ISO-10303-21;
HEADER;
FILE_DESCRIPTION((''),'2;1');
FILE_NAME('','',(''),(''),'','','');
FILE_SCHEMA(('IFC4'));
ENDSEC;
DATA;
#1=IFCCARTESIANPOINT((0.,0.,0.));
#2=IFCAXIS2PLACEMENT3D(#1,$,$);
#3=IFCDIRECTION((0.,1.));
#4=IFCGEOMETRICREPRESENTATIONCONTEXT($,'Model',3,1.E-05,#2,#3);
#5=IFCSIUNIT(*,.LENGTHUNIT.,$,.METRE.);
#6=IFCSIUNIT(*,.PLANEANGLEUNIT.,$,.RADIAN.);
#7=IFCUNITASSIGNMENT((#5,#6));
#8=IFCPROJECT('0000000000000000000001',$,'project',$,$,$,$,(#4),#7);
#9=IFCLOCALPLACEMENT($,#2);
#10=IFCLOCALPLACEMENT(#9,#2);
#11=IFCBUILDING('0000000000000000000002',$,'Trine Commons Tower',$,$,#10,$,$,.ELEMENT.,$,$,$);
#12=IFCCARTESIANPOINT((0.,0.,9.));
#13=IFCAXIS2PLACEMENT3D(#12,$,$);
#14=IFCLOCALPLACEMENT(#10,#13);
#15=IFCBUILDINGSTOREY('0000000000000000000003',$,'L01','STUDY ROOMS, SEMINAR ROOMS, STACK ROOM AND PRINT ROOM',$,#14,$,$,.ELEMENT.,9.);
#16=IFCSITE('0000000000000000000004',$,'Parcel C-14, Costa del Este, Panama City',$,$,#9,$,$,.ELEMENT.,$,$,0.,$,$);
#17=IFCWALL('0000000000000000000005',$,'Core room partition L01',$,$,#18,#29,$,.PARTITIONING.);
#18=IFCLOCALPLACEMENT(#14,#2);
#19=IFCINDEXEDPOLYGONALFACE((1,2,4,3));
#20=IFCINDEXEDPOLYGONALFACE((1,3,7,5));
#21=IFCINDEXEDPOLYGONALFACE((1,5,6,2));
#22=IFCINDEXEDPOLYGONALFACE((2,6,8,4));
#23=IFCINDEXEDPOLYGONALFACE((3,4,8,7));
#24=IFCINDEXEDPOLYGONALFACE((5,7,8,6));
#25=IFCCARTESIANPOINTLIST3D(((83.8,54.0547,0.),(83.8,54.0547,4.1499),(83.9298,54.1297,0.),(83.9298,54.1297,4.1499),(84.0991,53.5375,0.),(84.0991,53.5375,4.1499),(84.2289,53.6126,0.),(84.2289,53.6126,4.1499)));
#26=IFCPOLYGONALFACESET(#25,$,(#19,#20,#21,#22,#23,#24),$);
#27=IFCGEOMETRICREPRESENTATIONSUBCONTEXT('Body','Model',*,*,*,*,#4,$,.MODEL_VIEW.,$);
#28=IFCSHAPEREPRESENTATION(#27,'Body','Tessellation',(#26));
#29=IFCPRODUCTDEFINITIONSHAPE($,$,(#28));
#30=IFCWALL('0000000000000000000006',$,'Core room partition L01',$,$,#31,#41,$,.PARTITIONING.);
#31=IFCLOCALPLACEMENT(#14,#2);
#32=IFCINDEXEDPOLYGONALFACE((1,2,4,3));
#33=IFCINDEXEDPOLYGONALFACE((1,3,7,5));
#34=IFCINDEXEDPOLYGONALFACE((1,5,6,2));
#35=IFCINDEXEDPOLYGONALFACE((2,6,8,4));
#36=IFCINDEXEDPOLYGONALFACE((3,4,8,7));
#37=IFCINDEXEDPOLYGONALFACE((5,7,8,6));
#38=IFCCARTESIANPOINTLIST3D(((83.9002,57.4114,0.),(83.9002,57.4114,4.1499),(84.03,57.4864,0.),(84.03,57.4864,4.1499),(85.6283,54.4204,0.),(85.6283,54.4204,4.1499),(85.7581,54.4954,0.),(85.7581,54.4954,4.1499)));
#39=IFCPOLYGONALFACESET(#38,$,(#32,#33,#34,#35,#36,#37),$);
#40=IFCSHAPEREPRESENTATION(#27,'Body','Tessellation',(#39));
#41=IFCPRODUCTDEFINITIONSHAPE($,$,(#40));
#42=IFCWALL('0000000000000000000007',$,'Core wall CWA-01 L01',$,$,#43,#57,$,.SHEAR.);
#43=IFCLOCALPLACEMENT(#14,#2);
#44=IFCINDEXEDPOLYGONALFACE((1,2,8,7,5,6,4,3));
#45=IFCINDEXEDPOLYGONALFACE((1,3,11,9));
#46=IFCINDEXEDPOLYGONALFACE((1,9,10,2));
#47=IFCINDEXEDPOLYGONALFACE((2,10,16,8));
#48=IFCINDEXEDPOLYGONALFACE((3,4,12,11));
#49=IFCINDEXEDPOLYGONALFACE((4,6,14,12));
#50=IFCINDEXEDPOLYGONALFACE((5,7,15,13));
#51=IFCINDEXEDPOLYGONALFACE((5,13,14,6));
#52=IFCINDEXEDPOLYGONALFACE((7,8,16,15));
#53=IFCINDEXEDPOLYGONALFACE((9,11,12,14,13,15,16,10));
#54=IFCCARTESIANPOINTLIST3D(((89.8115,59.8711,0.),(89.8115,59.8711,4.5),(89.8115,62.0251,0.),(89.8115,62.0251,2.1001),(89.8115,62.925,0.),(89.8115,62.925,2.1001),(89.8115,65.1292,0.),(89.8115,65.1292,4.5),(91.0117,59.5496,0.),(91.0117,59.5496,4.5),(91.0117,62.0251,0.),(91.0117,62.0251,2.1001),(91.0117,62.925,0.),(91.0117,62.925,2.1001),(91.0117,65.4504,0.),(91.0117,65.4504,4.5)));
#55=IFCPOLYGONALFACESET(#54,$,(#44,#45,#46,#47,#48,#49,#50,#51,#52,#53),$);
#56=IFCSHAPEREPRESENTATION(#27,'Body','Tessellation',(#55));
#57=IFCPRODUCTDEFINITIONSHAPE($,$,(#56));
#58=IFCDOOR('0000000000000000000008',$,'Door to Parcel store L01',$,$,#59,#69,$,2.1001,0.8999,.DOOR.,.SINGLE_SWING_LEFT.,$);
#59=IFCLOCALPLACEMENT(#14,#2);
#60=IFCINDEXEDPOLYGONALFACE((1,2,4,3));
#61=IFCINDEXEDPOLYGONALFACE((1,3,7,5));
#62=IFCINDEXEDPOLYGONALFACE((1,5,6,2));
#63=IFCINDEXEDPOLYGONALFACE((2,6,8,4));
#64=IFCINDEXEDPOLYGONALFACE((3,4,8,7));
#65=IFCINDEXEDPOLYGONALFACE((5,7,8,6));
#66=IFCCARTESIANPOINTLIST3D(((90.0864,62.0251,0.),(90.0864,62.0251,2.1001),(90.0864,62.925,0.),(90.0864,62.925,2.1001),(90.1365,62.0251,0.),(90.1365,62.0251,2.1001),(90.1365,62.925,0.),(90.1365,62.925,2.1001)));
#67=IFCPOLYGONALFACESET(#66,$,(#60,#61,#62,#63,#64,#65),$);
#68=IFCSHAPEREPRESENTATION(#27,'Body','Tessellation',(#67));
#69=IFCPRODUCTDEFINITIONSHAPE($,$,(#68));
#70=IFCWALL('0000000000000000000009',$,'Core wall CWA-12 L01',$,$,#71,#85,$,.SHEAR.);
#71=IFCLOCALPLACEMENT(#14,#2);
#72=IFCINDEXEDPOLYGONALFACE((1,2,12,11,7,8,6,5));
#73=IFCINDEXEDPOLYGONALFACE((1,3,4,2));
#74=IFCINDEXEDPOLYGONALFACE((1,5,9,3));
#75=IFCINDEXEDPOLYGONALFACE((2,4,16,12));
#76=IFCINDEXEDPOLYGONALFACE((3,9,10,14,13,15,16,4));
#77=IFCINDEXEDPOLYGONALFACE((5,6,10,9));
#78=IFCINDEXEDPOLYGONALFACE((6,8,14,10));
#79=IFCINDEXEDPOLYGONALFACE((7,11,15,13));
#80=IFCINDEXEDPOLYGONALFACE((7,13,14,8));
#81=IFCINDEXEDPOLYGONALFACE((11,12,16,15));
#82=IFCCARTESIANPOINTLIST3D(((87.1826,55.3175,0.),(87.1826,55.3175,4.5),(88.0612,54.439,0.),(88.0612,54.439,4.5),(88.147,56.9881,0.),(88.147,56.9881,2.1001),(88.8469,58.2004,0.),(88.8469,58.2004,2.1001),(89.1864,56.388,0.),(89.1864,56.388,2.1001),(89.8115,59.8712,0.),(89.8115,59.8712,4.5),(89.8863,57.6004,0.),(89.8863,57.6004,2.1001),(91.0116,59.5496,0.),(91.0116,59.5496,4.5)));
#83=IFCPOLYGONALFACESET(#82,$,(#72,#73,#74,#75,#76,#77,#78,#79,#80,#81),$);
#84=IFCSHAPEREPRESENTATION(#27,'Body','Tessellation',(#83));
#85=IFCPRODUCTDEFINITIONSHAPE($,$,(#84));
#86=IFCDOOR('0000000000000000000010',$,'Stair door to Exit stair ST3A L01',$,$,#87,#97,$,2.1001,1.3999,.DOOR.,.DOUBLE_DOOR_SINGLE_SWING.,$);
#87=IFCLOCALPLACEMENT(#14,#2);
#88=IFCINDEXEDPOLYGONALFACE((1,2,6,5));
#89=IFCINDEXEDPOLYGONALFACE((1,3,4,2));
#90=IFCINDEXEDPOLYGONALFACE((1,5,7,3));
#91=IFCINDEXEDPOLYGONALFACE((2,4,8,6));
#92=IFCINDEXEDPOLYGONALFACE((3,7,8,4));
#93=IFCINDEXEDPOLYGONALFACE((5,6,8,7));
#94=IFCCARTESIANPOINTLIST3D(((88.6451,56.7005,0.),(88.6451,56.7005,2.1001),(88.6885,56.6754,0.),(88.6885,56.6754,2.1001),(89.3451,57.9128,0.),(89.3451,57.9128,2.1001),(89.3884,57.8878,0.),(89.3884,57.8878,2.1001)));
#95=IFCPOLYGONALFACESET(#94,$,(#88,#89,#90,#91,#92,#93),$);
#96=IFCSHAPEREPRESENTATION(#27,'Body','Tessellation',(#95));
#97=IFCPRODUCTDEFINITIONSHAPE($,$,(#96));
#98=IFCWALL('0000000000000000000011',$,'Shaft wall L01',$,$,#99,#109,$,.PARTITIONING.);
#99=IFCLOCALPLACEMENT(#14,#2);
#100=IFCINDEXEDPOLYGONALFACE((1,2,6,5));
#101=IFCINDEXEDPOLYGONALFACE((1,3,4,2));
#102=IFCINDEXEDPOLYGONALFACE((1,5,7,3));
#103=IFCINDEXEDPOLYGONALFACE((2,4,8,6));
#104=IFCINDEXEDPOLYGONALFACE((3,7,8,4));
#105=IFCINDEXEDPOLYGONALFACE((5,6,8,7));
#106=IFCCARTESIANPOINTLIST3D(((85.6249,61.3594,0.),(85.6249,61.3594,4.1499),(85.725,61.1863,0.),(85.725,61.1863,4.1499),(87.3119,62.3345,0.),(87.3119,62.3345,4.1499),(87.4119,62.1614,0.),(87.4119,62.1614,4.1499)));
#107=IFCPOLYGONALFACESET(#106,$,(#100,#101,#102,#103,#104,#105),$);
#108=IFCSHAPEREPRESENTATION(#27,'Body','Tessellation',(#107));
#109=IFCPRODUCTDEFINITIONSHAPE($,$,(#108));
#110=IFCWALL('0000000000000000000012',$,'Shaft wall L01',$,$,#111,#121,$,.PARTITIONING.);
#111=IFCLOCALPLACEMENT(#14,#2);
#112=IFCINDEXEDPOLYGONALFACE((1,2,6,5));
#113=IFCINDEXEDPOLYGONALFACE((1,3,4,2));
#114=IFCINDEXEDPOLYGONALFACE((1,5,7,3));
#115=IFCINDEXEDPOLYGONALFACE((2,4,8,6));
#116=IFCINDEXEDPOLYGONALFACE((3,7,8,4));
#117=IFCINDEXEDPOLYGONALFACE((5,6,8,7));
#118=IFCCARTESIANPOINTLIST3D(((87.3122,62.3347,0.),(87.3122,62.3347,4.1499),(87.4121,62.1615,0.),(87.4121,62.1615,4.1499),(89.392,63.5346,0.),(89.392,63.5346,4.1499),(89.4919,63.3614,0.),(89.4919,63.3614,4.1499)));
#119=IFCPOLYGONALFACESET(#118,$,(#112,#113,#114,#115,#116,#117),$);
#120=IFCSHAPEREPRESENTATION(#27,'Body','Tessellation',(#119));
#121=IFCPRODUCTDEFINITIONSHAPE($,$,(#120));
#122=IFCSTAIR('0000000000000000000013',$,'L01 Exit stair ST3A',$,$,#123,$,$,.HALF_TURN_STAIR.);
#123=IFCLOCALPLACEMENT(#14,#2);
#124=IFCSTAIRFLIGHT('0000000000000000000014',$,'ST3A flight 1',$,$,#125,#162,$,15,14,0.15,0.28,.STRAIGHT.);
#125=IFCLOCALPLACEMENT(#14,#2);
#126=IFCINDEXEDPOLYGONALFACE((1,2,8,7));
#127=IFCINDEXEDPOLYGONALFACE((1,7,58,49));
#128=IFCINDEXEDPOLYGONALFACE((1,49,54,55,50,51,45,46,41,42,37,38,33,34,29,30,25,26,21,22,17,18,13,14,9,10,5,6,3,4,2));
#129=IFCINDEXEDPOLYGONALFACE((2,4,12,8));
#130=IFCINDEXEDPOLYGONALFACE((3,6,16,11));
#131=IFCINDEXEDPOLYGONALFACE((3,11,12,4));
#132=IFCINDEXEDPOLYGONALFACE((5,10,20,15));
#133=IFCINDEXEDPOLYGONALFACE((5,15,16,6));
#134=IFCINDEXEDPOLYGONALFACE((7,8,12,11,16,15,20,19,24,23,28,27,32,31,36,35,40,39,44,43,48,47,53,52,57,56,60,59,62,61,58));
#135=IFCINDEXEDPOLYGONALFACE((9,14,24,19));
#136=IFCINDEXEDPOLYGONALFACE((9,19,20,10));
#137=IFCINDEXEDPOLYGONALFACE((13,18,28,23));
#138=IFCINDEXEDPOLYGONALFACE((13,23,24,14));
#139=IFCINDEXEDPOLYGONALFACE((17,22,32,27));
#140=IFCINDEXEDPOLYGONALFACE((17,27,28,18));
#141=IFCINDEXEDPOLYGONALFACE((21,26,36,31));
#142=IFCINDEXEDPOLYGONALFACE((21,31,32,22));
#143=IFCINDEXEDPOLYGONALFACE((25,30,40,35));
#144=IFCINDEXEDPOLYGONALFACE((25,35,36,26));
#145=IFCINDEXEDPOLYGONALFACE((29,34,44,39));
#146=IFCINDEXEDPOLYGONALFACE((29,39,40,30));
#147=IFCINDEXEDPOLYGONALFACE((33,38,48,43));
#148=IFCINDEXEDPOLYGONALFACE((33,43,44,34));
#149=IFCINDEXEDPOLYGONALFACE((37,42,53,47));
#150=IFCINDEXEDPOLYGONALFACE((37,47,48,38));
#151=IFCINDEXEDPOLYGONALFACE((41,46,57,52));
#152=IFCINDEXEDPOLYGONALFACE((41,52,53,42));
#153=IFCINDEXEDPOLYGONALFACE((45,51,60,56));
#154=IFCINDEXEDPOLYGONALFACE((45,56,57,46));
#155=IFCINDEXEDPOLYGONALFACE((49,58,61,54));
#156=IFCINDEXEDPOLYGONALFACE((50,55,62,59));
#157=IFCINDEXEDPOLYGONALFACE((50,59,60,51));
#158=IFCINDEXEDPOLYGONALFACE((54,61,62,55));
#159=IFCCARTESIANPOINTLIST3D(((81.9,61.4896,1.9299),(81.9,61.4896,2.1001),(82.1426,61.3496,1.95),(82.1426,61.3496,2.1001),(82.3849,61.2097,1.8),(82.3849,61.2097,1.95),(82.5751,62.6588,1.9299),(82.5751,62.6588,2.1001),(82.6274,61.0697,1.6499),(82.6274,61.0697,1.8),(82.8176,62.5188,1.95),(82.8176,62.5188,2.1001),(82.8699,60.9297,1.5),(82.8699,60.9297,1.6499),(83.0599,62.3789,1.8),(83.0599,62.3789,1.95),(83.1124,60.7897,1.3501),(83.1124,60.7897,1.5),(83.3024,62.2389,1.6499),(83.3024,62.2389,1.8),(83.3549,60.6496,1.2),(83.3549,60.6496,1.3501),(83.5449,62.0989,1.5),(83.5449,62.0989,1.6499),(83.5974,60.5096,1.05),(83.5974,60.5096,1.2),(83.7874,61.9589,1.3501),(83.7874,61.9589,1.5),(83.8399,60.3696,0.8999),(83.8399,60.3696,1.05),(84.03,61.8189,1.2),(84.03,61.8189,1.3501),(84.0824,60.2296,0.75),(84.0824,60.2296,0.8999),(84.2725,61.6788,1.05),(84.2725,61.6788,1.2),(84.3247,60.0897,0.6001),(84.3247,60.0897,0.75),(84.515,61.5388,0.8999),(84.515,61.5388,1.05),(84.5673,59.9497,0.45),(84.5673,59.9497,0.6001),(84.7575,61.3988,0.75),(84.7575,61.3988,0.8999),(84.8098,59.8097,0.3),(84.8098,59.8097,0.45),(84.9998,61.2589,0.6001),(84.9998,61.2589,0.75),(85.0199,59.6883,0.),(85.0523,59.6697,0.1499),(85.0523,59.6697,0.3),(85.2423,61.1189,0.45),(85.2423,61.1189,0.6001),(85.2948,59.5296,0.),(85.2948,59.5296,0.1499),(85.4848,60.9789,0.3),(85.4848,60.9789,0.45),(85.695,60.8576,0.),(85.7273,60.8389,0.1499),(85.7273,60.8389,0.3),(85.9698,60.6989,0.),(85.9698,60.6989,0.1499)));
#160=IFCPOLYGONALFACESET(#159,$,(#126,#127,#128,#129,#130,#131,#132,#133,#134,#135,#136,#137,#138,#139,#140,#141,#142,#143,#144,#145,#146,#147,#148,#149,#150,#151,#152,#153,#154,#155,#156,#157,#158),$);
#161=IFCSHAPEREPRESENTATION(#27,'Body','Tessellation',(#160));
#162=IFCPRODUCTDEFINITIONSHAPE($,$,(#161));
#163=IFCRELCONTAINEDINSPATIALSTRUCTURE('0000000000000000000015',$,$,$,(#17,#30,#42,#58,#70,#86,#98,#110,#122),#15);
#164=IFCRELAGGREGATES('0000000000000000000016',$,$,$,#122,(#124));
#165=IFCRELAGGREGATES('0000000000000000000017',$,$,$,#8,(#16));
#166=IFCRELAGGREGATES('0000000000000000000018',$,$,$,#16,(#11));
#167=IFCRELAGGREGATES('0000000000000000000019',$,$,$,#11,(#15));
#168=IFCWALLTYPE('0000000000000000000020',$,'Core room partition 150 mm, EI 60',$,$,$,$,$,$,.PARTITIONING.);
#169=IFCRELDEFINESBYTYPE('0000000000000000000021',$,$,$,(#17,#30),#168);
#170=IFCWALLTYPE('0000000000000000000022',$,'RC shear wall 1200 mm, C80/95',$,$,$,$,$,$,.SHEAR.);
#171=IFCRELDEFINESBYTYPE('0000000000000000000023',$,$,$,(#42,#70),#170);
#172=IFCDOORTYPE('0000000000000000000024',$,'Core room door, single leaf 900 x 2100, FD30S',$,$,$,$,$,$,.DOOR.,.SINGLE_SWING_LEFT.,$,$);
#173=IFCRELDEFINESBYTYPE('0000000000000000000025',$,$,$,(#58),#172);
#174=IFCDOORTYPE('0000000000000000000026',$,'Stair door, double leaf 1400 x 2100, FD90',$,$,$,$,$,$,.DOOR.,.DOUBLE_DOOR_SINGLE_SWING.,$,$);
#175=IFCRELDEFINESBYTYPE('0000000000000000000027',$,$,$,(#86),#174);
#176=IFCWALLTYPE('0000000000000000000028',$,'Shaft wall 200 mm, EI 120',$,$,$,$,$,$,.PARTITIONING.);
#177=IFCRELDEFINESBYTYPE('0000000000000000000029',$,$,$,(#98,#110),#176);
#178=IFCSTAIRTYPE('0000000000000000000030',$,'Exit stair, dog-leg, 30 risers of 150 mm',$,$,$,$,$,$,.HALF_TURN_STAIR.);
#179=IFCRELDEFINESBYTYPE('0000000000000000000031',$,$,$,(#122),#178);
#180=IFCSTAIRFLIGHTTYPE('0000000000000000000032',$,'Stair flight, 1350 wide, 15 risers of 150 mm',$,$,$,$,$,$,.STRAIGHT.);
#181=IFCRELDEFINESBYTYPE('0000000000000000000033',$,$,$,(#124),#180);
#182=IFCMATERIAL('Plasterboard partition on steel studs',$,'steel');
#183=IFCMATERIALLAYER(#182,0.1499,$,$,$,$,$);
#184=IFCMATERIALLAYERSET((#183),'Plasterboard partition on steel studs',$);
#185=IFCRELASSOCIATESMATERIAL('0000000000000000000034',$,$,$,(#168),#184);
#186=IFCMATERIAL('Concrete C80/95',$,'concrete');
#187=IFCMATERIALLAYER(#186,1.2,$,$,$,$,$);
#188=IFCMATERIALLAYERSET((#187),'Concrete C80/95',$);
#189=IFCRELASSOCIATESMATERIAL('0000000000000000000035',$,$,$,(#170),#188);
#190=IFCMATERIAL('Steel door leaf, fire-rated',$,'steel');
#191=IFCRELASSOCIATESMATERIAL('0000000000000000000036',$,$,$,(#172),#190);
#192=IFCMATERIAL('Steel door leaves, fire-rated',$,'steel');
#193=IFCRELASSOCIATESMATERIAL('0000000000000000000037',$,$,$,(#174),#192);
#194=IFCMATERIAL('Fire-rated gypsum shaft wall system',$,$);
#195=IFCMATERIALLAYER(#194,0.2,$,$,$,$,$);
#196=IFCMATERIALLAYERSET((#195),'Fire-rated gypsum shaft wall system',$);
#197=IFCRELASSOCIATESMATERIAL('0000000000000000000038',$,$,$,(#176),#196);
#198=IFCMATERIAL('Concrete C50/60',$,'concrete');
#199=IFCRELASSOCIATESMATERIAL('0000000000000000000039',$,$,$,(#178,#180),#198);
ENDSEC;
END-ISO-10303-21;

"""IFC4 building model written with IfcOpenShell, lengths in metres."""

from ifc_helpers import new_model, si_unit, direction, frame, frame_2d, origin, place, context, subcontext, project, spatial, polyline, rectangle, outline, extrude, material, layer, layer_set, type_object, element, fill, aggregate, save


model = new_model("IFC4")

# Units and contexts
model_context = context("Model", 3, precision=1e-05, world=origin(), true_north=direction((0.0, 1.0)))
body_context = subcontext(model_context, "Body", "Model", "MODEL_VIEW")
ifc_project = project(units=[si_unit("LENGTHUNIT", "METRE"), si_unit("PLANEANGLEUNIT", "RADIAN")], contexts=[model_context])

# Site, building, storey
site_placement = place(None, origin())
site = spatial("IfcSite", under=ifc_project, at=site_placement, Name="Parcel C-14, Costa del Este, Panama City", CompositionType="ELEMENT", RefElevation=0.0)
building_placement = place(site_placement, origin())
building = spatial("IfcBuilding", under=site, at=building_placement, Name="Trine Commons Tower", CompositionType="ELEMENT")
storey_placement = place(building_placement, frame((0.0, 0.0, 9.0)))
storey = spatial("IfcBuildingStorey", under=building, at=storey_placement, Name="L01", Description="STUDY ROOMS, SEMINAR ROOMS, STACK ROOM AND PRINT ROOM", CompositionType="ELEMENT", Elevation=9.0)

# Shared definitions
ifc_material_1 = material(Name="Concrete C80/95", Category="concrete")

# Shared definitions
ifc_material_2 = material(Name="Concrete C50/60", Category="concrete")

# Walls
ifc_material_3 = material(Name="Plasterboard partition on steel studs", Category="steel")
ifc_layer_1 = layer(ifc_material_3, 0.1499)
ifc_layer_set_1 = layer_set([ifc_layer_1], Name="Plasterboard partition on steel studs")
wall_type_1 = type_object("IfcWallType", Name="Core room partition 150 mm, EI 60", PredefinedType="PARTITIONING", material=ifc_layer_set_1)
wall_1_placement = place(storey_placement, frame((84.1641, 53.575, 0.0), z_axis=(0.0, 0.0, 1.0), x_axis=(-0.500666, 0.865641, 0.0)))
element("IfcWall", 1, at=wall_1_placement, inside=storey, type_object=wall_type_1, Name="Core room partition L01", PredefinedType="PARTITIONING", context=body_context, shape_type="SweptSolid", body=[
    extrude(rectangle(XDim=0.5974, YDim=0.1499, at=frame_2d((0.2988, 0.0))), origin(), (0.0, 0.0, 1.0), 4.1499),
])
wall_2_placement = place(storey_placement, frame((85.6931, 54.458, 0.0), z_axis=(0.0, 0.0, 1.0), x_axis=(-0.500259, 0.865876, 0.0)))
element("IfcWall", 2, at=wall_2_placement, inside=storey, type_object=wall_type_1, Name="Core room partition L01", PredefinedType="PARTITIONING", context=body_context, shape_type="SweptSolid", body=[
    extrude(rectangle(XDim=3.4543, YDim=0.1499, at=frame_2d((1.7271, 0.0))), origin(), (0.0, 0.0, 1.0), 4.1499),
])

# Walls, openings, doors
ifc_layer_2 = layer(ifc_material_1, 1.2)
ifc_layer_set_2 = layer_set([ifc_layer_2], Name="Concrete C80/95")
wall_type_2 = type_object("IfcWallType", Name="RC shear wall 1200 mm, C80/95", PredefinedType="SHEAR", material=ifc_layer_set_2)
wall_3_placement = place(storey_placement, frame((90.4116, 59.5496, 0.0), z_axis=(0.0, 0.0, 1.0), x_axis=(0.0, 1.0, 0.0)))
wall_3 = element("IfcWall", 3, at=wall_3_placement, inside=storey, type_object=wall_type_2, Name="Core wall CWA-01 L01", PredefinedType="SHEAR", context=body_context, shape_type="SweptSolid", body=[
    extrude(outline(polyline([(0.0, -0.6001), (5.9009, -0.6001), (5.5796, 0.6001), (0.3215, 0.6001), (0.0, -0.6001)])), origin(), (0.0, 0.0, 1.0), 4.5),
])
opening_1_placement = place(wall_3_placement, frame((2.4756, 0.0, 0.0)))
opening_1 = element("IfcOpeningElement", 4, at=opening_1_placement, cuts=wall_3, PredefinedType="OPENING", context=body_context, shape_type="SweptSolid", body=[
    extrude(rectangle(XDim=0.8999, YDim=2.1001, at=frame_2d((0.45, 1.05))), frame((0.0, 0.6099, 0.0), z_axis=(0.0, -1.0, 0.0), x_axis=(1.0, 0.0, 0.0)), (0.0, 0.0, 1.0), 1.22),
])
ifc_material_4 = material(Name="Steel door leaf, fire-rated", Category="steel")
door_type_1 = type_object("IfcDoorType", Name="Core room door, single leaf 900 x 2100, FD30S", OperationType="SINGLE_SWING_LEFT", PredefinedType="DOOR", material=ifc_material_4)
door_1_placement = place(opening_1_placement, origin())
door_1 = element("IfcDoor", 5, at=door_1_placement, inside=storey, type_object=door_type_1, Name="Door to Parcel store L01", OperationType="SINGLE_SWING_LEFT", OverallHeight=2.1001, OverallWidth=0.8999, PredefinedType="DOOR", context=body_context, shape_type="SweptSolid", body=[
    extrude(rectangle(XDim=0.8999, YDim=2.1001, at=frame_2d((0.45, 1.05))), frame((0.0, 0.3252, 0.0), z_axis=(0.0, -1.0, 0.0), x_axis=(1.0, 0.0, 0.0)), (0.0, 0.0, 1.0), 0.05),
])
fill(opening_1, door_1)
wall_4_placement = place(storey_placement, frame((87.5415, 54.739, 0.0), z_axis=(0.0, 0.0, 1.0), x_axis=(0.499979, 0.866037, 0.0)))
wall_4 = element("IfcWall", 6, at=wall_4_placement, inside=storey, type_object=wall_type_2, Name="Core wall CWA-12 L01", PredefinedType="SHEAR", context=body_context, shape_type="SweptSolid", body=[
    extrude(outline(polyline([(0.0, -0.6001), (5.9011, -0.6001), (5.5796, 0.6001), (0.3215, 0.6001), (0.0, -0.6001)])), origin(), (0.0, 0.0, 1.0), 4.5),
])
opening_2_placement = place(wall_4_placement, frame((2.2505, 0.0, 0.0)))
opening_2 = element("IfcOpeningElement", 7, at=opening_2_placement, cuts=wall_4, PredefinedType="OPENING", context=body_context, shape_type="SweptSolid", body=[
    extrude(rectangle(XDim=1.3999, YDim=2.1001, at=frame_2d((0.7, 1.05))), frame((0.0, 0.6099, 0.0), z_axis=(0.0, -1.0, 0.0), x_axis=(1.0, 0.0, 0.0)), (0.0, 0.0, 1.0), 1.22),
])
ifc_material_5 = material(Name="Steel door leaves, fire-rated", Category="steel")
door_type_2 = type_object("IfcDoorType", Name="Stair door, double leaf 1400 x 2100, FD90", OperationType="DOUBLE_DOOR_SINGLE_SWING", PredefinedType="DOOR", material=ifc_material_5)
door_2_placement = place(opening_2_placement, origin())
door_2 = element("IfcDoor", 8, at=door_2_placement, inside=storey, type_object=door_type_2, Name="Stair door to Exit stair ST3A L01", OperationType="DOUBLE_DOOR_SINGLE_SWING", OverallHeight=2.1001, OverallWidth=1.3999, PredefinedType="DOOR", context=body_context, shape_type="SweptSolid", body=[
    extrude(rectangle(XDim=1.3999, YDim=2.1001, at=frame_2d((0.7, 1.05))), frame((0.0, 0.0249, 0.0), z_axis=(0.0, -1.0, 0.0), x_axis=(1.0, 0.0, 0.0)), (0.0, 0.0, 1.0), 0.05),
])
fill(opening_2, door_2)

# Walls
ifc_material_6 = material(Name="Fire-rated gypsum shaft wall system")
ifc_layer_3 = layer(ifc_material_6, 0.2)
ifc_layer_set_3 = layer_set([ifc_layer_3], Name="Fire-rated gypsum shaft wall system")
wall_type_3 = type_object("IfcWallType", Name="Shaft wall 200 mm, EI 120", PredefinedType="PARTITIONING", material=ifc_layer_set_3)
wall_5_placement = place(storey_placement, frame((85.675, 61.2729, 0.0), z_axis=(0.0, 0.0, 1.0), x_axis=(0.865781, 0.500424, 0.0)))
element("IfcWall", 9, at=wall_5_placement, inside=storey, type_object=wall_type_3, Name="Shaft wall L01", PredefinedType="PARTITIONING", context=body_context, shape_type="SweptSolid", body=[
    extrude(rectangle(XDim=1.9485, YDim=0.2, at=frame_2d((0.9741, 0.0))), origin(), (0.0, 0.0, 1.0), 4.1499),
])
wall_6_placement = place(storey_placement, frame((87.3621, 62.248, 0.0), z_axis=(0.0, 0.0, 1.0), x_axis=(0.866177, 0.499737, 0.0)))
element("IfcWall", 10, at=wall_6_placement, inside=storey, type_object=wall_type_3, Name="Shaft wall L01", PredefinedType="PARTITIONING", context=body_context, shape_type="SweptSolid", body=[
    extrude(rectangle(XDim=2.4011, YDim=0.2, at=frame_2d((1.2007, 0.0))), origin(), (0.0, 0.0, 1.0), 4.1499),
])

# Stair, stair flight
stair_type = type_object("IfcStairType", Name="Exit stair, dog-leg, 30 risers of 150 mm", PredefinedType="HALF_TURN_STAIR", material=ifc_material_2)
stair_placement = place(storey_placement, origin())
stair = element("IfcStair", 11, at=stair_placement, inside=storey, type_object=stair_type, Name="L01 Exit stair ST3A", PredefinedType="HALF_TURN_STAIR")
stair_flight_type = type_object("IfcStairFlightType", Name="Stair flight, 1350 wide, 15 risers of 150 mm", PredefinedType="STRAIGHT", material=ifc_material_2)
stair_flight_placement = place(storey_placement, frame((85.6323, 60.1143, 0.0), z_axis=(0.0, 0.0, 1.0), x_axis=(-0.866025, 0.5, 0.0)))
stair_flight = element("IfcStairFlight", 12, at=stair_flight_placement, type_object=stair_flight_type, Name="ST3A flight 1", NumberOfRisers=15, NumberOfTreads=14, PredefinedType="STRAIGHT", RiserHeight=0.15, TreadLength=0.28, context=body_context, shape_type="SweptSolid", body=[
    extrude(outline(polyline([(0.0, 0.0), (0.0, 0.1499), (0.28, 0.1499), (0.28, 0.3), (0.5601, 0.3), (0.5601, 0.45), (0.8401, 0.45), (0.8401, 0.6001), (1.1201, 0.6001), (1.1201, 0.75), (1.3999, 0.75), (1.3999, 0.8999), (1.6799, 0.8999), (1.6799, 1.05), (1.96, 1.05), (1.96, 1.2), (2.24, 1.2), (2.24, 1.3501), (2.52, 1.3501), (2.52, 1.5), (2.8, 1.5), (2.8, 1.6499), (3.0801, 1.6499), (3.0801, 1.8), (3.3601, 1.8), (3.3601, 1.95), (3.6399, 1.95), (3.6399, 2.1001), (3.9199, 2.1001), (3.9199, 2.25), (3.9199, 1.9299), (0.3174, 0.0), (0.0, 0.0)])), frame((0.0, 0.675, 0.0), z_axis=(0.0, -1.0, 0.0), x_axis=(1.0, 0.0, 0.0)), (0.0, 0.0, 1.0), 1.3501),
])
aggregate(stair, [stair_flight])

save(model, "model.ifc")
